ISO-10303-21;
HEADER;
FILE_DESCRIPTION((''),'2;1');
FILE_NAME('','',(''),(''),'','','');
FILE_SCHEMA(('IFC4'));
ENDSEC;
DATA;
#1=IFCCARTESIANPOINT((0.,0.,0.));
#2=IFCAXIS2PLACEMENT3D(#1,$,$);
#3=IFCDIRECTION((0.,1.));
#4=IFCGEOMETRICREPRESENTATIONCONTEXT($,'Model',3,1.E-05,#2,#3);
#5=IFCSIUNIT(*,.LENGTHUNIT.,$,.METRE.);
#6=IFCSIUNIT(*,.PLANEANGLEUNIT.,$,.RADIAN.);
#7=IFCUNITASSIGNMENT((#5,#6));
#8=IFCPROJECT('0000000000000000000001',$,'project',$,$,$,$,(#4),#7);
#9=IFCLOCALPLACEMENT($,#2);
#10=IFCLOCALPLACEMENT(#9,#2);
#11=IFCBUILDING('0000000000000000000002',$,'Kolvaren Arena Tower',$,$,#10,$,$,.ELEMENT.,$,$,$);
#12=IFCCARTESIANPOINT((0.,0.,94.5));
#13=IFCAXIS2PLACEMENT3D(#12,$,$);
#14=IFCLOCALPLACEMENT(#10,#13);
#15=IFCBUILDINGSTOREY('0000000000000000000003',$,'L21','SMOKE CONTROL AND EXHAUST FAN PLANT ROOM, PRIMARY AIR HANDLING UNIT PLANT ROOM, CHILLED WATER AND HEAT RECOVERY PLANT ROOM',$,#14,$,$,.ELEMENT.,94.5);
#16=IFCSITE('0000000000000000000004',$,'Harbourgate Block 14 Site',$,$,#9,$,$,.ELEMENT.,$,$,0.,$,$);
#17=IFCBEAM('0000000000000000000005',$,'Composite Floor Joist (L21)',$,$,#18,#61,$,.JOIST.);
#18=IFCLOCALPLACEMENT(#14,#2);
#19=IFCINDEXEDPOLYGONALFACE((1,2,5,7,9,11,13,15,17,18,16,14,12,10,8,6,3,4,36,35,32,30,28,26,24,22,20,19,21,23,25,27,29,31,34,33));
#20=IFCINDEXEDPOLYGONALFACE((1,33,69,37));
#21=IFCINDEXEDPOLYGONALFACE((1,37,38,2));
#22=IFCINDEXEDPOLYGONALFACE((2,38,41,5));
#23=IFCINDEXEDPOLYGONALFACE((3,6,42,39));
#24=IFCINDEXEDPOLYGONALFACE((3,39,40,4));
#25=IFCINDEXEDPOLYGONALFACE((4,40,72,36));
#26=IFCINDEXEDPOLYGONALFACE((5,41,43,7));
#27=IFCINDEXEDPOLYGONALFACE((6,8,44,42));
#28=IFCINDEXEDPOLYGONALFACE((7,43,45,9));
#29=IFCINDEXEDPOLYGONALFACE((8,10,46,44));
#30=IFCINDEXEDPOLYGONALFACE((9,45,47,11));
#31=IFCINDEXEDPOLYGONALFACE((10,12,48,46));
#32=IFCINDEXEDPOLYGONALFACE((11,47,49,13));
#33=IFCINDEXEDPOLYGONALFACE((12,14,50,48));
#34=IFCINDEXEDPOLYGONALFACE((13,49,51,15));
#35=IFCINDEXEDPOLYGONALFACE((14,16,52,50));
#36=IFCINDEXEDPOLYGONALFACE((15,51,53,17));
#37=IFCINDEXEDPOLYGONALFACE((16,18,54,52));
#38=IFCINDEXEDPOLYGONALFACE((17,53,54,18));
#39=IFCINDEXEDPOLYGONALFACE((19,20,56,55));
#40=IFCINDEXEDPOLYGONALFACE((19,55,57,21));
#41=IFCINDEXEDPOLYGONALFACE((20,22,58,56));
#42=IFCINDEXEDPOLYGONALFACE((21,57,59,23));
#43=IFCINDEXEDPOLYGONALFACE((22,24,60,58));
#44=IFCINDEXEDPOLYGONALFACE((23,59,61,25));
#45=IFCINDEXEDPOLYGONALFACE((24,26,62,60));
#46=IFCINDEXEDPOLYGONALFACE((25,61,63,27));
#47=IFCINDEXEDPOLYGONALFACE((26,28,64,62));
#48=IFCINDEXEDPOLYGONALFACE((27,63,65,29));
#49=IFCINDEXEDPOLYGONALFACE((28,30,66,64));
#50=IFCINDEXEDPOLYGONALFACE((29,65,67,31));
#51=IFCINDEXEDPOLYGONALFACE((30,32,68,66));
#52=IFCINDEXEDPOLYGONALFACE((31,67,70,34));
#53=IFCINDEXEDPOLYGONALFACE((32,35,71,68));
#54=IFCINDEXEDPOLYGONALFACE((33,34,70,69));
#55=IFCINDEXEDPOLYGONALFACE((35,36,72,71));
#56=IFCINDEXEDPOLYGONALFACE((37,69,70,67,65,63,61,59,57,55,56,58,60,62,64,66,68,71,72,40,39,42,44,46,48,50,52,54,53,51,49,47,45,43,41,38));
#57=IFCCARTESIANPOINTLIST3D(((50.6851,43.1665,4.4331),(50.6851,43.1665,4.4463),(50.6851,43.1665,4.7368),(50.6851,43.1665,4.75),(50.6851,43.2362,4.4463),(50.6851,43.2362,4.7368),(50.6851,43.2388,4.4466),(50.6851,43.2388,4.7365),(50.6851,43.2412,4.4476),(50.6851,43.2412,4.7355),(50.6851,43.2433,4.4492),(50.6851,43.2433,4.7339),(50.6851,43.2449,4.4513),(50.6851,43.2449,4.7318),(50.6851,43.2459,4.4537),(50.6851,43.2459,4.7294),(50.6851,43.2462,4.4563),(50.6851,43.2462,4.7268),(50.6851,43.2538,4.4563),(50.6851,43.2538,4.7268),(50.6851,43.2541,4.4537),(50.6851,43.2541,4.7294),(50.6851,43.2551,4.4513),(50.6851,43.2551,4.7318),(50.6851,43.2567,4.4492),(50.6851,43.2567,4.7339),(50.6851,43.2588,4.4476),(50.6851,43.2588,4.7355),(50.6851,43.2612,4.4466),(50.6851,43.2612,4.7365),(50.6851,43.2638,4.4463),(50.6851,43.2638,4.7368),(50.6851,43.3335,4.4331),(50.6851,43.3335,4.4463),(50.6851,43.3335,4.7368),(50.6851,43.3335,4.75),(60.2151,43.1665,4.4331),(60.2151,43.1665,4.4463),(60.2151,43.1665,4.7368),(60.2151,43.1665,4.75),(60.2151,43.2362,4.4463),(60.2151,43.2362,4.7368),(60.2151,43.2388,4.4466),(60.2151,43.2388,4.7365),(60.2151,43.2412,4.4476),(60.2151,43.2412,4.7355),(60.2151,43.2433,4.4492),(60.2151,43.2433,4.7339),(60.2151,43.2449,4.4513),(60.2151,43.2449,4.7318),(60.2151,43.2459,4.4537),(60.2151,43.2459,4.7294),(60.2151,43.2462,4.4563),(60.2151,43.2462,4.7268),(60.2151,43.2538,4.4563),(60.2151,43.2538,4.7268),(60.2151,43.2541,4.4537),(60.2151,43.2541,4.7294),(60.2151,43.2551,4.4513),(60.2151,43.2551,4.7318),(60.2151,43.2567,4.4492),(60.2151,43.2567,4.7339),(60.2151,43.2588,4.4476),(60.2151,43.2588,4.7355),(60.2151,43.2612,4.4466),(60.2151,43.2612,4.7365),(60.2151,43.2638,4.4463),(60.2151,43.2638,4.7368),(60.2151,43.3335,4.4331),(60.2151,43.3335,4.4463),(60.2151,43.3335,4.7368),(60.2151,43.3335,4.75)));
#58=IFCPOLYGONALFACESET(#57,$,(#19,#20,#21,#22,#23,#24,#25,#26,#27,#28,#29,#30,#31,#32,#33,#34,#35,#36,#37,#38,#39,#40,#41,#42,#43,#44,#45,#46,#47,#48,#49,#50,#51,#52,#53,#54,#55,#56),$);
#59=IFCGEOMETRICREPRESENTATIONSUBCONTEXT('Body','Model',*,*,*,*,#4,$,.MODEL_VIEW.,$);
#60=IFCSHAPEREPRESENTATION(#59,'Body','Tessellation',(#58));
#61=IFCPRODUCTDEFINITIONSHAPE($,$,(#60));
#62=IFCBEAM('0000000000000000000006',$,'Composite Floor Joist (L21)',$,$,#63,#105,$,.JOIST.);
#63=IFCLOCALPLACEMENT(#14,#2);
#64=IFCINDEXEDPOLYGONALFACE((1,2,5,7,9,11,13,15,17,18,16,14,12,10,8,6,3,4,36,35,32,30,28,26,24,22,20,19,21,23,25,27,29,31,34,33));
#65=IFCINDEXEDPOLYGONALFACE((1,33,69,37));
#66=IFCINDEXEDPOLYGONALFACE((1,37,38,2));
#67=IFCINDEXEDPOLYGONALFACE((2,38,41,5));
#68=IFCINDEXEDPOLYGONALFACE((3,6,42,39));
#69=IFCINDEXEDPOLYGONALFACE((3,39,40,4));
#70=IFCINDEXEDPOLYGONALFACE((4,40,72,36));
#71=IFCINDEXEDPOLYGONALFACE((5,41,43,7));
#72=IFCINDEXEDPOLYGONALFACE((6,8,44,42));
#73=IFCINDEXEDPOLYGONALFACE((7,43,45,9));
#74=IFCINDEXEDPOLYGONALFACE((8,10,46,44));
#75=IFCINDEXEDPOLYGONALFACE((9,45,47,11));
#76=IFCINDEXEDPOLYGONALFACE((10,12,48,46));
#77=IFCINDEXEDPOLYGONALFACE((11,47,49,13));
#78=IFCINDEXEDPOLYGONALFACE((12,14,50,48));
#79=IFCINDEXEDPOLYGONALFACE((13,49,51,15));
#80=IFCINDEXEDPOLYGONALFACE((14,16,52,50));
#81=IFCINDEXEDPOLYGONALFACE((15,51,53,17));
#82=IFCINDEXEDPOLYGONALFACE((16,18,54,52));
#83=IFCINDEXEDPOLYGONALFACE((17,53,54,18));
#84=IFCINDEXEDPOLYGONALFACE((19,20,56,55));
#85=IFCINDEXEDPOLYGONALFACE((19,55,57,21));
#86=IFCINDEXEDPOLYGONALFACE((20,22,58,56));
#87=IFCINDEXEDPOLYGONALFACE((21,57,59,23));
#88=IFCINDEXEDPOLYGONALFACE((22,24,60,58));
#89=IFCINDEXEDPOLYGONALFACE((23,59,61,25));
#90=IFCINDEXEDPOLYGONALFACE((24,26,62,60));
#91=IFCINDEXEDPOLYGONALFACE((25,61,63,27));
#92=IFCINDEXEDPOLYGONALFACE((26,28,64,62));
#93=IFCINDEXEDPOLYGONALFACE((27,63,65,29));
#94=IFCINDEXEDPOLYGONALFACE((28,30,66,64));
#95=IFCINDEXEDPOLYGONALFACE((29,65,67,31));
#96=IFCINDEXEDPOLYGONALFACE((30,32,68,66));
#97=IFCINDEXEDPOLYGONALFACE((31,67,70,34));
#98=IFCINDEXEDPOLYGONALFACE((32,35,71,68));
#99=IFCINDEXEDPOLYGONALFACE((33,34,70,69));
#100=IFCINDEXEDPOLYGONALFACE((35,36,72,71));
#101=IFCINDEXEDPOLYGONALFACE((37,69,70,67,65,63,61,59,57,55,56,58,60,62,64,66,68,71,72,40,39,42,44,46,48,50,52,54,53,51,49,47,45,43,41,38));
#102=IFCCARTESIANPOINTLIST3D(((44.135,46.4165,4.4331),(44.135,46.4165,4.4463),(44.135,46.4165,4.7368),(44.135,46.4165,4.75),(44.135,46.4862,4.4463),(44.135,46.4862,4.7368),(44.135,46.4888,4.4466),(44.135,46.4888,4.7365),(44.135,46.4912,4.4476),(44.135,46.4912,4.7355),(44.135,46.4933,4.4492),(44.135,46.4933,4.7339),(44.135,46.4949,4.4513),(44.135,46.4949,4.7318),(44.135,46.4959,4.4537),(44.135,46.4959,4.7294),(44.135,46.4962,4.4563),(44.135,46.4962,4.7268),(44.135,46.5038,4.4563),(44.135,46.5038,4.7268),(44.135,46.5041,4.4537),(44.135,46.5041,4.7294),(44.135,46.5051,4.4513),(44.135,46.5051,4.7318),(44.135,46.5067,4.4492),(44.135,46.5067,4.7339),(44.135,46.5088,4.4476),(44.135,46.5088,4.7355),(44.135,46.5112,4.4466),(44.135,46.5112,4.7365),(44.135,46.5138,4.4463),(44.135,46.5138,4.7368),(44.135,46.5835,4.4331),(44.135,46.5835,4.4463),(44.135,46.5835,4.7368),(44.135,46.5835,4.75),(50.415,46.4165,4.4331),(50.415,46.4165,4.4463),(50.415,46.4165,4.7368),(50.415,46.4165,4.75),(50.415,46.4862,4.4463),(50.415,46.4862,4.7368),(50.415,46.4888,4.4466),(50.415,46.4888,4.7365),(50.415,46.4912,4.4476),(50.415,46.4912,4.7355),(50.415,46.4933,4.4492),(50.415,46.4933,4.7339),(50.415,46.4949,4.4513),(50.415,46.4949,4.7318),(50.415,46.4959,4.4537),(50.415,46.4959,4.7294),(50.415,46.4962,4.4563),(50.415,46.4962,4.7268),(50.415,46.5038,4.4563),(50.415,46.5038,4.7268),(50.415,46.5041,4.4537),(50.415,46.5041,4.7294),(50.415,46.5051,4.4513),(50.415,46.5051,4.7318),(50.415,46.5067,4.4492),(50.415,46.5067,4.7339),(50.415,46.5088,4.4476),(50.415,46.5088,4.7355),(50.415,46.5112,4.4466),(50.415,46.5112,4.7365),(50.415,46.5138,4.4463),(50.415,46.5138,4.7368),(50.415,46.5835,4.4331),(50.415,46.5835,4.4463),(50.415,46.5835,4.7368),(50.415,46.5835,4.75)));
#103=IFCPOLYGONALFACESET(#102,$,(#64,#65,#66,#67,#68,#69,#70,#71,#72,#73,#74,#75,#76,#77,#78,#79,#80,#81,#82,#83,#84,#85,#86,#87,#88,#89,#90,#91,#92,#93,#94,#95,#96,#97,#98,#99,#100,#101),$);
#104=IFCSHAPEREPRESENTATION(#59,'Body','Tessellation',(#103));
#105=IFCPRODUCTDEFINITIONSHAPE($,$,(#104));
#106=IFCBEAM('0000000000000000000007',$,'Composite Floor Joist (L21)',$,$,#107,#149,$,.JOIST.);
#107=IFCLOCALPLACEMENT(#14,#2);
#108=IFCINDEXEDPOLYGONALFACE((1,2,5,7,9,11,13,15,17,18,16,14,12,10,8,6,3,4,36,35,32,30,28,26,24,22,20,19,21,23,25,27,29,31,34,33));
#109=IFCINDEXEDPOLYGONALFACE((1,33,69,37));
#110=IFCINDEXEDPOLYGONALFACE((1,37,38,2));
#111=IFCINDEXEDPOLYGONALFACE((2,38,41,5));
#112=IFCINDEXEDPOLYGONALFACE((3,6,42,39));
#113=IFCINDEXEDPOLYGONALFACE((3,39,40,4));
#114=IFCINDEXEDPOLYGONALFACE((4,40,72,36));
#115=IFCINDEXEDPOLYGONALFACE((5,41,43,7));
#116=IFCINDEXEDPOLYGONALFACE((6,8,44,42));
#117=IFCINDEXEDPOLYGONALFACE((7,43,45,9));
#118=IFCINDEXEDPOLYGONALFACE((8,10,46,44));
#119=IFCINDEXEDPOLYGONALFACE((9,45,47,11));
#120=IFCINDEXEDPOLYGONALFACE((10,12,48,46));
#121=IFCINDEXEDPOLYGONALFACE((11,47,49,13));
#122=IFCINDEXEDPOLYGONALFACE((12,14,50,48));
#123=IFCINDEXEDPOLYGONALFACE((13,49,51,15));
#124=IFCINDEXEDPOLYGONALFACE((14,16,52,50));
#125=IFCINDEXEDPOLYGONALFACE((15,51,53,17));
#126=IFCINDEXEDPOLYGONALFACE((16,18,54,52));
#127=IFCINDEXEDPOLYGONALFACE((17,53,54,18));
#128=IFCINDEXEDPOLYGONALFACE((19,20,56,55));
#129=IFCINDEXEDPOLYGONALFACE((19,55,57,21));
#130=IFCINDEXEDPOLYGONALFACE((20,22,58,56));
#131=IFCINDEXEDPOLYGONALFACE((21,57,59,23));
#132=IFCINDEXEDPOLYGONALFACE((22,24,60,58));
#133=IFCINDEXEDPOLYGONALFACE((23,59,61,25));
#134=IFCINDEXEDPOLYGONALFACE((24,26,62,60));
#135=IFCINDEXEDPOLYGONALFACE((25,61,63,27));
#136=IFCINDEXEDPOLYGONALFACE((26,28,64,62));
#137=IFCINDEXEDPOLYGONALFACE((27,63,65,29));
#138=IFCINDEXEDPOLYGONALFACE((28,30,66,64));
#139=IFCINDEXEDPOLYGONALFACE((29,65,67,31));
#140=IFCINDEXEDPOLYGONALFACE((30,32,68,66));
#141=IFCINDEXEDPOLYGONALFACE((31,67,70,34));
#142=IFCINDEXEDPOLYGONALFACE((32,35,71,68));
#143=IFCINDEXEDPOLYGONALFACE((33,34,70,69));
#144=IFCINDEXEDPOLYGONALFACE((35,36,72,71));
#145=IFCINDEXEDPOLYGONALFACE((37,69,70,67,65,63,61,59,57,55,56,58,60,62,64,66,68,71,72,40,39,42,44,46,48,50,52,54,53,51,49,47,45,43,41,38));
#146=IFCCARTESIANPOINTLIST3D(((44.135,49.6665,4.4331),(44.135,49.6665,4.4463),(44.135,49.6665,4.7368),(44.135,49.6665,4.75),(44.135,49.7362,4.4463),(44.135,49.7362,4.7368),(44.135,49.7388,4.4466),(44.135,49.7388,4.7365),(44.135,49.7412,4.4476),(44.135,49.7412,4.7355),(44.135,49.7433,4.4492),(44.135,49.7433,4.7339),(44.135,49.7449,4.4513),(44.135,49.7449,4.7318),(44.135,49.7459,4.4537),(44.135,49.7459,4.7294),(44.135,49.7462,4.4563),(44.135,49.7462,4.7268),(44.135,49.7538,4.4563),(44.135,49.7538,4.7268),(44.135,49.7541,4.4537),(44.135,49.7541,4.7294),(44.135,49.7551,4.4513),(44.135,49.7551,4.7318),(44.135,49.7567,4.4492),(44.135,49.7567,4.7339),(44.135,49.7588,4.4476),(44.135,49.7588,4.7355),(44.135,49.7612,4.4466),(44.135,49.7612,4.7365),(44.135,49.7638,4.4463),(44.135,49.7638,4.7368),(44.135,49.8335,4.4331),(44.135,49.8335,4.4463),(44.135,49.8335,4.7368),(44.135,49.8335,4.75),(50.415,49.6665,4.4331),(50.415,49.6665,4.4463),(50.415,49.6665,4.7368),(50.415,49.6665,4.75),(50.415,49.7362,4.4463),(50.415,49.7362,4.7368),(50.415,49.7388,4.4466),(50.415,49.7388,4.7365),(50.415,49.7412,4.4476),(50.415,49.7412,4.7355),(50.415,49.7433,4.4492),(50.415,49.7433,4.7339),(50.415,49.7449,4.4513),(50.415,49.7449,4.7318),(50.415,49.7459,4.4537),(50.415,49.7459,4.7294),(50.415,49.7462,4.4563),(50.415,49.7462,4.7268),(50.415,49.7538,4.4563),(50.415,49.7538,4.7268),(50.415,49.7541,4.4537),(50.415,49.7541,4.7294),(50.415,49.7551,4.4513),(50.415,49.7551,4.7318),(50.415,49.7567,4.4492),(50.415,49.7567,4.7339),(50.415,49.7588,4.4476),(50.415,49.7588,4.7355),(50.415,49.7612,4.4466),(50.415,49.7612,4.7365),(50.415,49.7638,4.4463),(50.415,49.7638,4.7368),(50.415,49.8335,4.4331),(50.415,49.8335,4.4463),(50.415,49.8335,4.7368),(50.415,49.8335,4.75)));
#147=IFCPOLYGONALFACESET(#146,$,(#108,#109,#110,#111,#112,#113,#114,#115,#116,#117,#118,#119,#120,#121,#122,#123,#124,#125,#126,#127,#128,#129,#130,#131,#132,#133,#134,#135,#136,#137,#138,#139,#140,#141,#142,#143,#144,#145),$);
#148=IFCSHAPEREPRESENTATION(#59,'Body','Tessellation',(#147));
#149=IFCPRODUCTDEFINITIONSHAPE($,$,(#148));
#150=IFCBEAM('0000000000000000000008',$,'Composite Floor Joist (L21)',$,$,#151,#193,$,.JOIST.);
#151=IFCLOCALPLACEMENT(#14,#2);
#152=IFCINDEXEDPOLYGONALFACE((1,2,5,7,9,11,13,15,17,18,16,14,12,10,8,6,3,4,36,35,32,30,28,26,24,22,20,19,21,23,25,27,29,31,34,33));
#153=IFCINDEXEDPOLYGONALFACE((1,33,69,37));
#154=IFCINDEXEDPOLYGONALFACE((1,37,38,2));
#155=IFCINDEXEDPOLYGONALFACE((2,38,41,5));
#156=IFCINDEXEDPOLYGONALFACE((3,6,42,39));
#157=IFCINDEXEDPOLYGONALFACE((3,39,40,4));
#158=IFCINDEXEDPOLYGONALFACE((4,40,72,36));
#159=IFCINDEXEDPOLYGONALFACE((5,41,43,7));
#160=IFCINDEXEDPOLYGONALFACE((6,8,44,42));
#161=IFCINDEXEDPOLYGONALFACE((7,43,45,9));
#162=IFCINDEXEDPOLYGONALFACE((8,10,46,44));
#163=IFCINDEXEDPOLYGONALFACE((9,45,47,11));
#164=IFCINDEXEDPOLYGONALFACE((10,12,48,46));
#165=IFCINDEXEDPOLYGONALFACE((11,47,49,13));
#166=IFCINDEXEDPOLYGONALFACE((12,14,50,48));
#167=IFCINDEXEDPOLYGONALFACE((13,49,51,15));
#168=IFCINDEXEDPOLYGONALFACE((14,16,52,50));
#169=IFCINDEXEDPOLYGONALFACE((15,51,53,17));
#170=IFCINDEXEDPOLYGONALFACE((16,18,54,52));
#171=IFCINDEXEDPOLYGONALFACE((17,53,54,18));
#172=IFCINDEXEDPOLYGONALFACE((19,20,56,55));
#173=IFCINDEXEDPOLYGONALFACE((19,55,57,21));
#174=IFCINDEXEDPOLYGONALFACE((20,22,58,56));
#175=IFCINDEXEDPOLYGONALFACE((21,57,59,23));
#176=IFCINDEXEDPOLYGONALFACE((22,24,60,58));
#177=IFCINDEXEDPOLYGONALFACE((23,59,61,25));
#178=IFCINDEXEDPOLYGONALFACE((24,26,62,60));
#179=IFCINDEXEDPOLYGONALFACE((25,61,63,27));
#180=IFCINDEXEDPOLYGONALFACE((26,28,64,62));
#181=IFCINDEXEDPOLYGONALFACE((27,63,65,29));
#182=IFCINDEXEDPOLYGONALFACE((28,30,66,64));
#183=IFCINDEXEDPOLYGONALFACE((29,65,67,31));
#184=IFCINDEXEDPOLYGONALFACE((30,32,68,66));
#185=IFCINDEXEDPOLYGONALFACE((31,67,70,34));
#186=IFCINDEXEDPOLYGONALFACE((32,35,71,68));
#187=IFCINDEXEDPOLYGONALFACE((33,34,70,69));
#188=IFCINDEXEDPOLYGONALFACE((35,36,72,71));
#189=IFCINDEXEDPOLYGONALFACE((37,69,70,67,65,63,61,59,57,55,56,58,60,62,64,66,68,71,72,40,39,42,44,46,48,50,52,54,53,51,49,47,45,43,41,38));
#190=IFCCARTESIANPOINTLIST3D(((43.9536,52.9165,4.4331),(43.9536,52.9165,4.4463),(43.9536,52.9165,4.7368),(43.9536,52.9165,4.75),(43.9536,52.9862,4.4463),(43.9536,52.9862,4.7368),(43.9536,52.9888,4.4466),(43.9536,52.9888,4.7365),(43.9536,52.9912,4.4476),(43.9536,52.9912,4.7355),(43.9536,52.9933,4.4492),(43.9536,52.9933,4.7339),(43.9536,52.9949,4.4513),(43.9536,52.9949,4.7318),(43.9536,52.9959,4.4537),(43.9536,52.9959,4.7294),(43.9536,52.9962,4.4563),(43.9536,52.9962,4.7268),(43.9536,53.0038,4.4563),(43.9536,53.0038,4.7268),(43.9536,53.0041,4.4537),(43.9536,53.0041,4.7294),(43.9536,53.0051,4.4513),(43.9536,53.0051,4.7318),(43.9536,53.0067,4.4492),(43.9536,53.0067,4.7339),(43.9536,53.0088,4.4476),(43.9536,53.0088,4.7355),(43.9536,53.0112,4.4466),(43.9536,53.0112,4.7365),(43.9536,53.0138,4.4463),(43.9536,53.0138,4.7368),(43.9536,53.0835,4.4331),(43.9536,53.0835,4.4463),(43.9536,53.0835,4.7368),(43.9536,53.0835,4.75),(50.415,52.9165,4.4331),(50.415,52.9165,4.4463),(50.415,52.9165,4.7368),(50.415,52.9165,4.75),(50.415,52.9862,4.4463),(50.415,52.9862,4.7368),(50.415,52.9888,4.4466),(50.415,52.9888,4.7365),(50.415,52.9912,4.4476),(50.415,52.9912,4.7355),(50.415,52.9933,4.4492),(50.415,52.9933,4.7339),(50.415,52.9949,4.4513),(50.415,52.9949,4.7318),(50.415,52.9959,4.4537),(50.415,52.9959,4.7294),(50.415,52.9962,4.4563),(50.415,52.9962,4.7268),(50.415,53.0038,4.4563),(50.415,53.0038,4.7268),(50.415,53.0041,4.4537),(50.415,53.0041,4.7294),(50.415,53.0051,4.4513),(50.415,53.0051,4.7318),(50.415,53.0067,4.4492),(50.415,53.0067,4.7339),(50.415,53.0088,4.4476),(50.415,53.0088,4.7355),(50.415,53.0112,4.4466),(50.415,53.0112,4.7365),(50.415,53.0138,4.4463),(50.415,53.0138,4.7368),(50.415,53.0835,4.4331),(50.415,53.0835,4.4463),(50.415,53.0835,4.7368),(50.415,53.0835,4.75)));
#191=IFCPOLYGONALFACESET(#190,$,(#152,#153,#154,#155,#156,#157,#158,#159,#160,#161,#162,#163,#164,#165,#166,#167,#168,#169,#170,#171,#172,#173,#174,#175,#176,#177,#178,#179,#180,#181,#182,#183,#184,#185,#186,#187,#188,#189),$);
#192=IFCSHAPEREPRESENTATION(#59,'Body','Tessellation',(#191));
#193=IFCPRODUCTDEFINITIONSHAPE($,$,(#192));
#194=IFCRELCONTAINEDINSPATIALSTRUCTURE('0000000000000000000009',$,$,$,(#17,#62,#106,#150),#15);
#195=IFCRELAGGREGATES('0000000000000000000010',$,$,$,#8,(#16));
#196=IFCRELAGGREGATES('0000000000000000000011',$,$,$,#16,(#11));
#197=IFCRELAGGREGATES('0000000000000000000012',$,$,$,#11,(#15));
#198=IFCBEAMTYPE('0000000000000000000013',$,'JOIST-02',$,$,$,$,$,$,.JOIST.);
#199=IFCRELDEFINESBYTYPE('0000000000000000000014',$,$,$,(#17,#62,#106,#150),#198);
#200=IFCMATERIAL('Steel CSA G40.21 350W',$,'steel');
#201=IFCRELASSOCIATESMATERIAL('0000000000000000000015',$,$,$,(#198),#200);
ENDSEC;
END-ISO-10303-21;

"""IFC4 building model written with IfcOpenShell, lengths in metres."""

from ifc_helpers import new_model, si_unit, direction, frame, origin, origin_2d, place, context, subcontext, project, spatial, i_section, extrude, material, material_profile, profile_set, type_object, element, save


model = new_model("IFC4")

# Units and contexts
model_context = context("Model", 3, precision=1e-05, world=origin(), true_north=direction((0.0, 1.0)))
body_context = subcontext(model_context, "Body", "Model", "MODEL_VIEW")
ifc_project = project(units=[si_unit("LENGTHUNIT", "METRE"), si_unit("PLANEANGLEUNIT", "RADIAN")], contexts=[model_context])

# Site, building, storey
site_placement = place(None, origin())
site = spatial("IfcSite", under=ifc_project, at=site_placement, Name="Harbourgate Block 14 Site", CompositionType="ELEMENT", RefElevation=0.0)
building_placement = place(site_placement, origin())
building = spatial("IfcBuilding", under=site, at=building_placement, Name="Kolvaren Arena Tower", CompositionType="ELEMENT")
storey_placement = place(building_placement, frame((0.0, 0.0, 94.5)))
storey = spatial("IfcBuildingStorey", under=building, at=storey_placement, Name="L21", Description="SMOKE CONTROL AND EXHAUST FAN PLANT ROOM, PRIMARY AIR HANDLING UNIT PLANT ROOM, CHILLED WATER AND HEAT RECOVERY PLANT ROOM", CompositionType="ELEMENT", Elevation=94.5)

# Shared definitions
ifc_material_1 = material(Name="Steel CSA G40.21 350W", Category="steel")

# Beams
ifc_material_profile_1 = material_profile(ifc_material_1, i_section(OverallWidth=0.167, OverallDepth=0.3169, WebThickness=0.0076, FlangeThickness=0.0132, FilletRadius=0.01, at=origin_2d()), Name="W310x52")
ifc_profile_set_1 = profile_set([ifc_material_profile_1], Name="Steel CSA G40.21 350W")
beam_type_1 = type_object("IfcBeamType", Name="JOIST-02", PredefinedType="JOIST", material=ifc_profile_set_1)
beam_1_placement = place(storey_placement, frame((50.6851, 43.25, 4.5916), z_axis=(1.0, 0.0, 0.0), x_axis=(0.0, 1.0, 0.0)))
element("IfcBeam", 1, at=beam_1_placement, inside=storey, type_object=beam_type_1, Name="Composite Floor Joist (L21)", PredefinedType="JOIST", context=body_context, shape_type="SweptSolid", body=[
    extrude(i_section(OverallWidth=0.167, OverallDepth=0.3169, WebThickness=0.0076, FlangeThickness=0.0132, FilletRadius=0.01, at=origin_2d()), origin(), (0.0, 0.0, 1.0), 9.53),
])
for number, where, z_axis, x_axis, name in (
    (2, (44.135, 46.5, 4.5916), (1.0, 0.0, 0.0), (0.0, 1.0, 0.0), "Composite Floor Joist (L21)"),
    (3, (44.135, 49.75, 4.5916), (1.0, 0.0, 0.0), (0.0, 1.0, 0.0), "Composite Floor Joist (L21)"),
):
    element("IfcBeam", number, at=place(storey_placement, frame(where, z_axis=z_axis, x_axis=x_axis)), inside=storey, type_object=beam_type_1, Name=name, PredefinedType="JOIST", context=body_context, shape_type="SweptSolid", body=[
        extrude(i_section(OverallWidth=0.167, OverallDepth=0.3169, WebThickness=0.0076, FlangeThickness=0.0132, FilletRadius=0.01, at=origin_2d()), origin(), (0.0, 0.0, 1.0), 6.28),
    ])
beam_2_placement = place(storey_placement, frame((43.9536, 53.0, 4.5916), z_axis=(1.0, 0.0, 0.0), x_axis=(0.0, 1.0, 0.0)))
element("IfcBeam", 4, at=beam_2_placement, inside=storey, type_object=beam_type_1, Name="Composite Floor Joist (L21)", PredefinedType="JOIST", context=body_context, shape_type="SweptSolid", body=[
    extrude(i_section(OverallWidth=0.167, OverallDepth=0.3169, WebThickness=0.0076, FlangeThickness=0.0132, FilletRadius=0.01, at=origin_2d()), origin(), (0.0, 0.0, 1.0), 6.4614),
])

save(model, "model.ifc")
